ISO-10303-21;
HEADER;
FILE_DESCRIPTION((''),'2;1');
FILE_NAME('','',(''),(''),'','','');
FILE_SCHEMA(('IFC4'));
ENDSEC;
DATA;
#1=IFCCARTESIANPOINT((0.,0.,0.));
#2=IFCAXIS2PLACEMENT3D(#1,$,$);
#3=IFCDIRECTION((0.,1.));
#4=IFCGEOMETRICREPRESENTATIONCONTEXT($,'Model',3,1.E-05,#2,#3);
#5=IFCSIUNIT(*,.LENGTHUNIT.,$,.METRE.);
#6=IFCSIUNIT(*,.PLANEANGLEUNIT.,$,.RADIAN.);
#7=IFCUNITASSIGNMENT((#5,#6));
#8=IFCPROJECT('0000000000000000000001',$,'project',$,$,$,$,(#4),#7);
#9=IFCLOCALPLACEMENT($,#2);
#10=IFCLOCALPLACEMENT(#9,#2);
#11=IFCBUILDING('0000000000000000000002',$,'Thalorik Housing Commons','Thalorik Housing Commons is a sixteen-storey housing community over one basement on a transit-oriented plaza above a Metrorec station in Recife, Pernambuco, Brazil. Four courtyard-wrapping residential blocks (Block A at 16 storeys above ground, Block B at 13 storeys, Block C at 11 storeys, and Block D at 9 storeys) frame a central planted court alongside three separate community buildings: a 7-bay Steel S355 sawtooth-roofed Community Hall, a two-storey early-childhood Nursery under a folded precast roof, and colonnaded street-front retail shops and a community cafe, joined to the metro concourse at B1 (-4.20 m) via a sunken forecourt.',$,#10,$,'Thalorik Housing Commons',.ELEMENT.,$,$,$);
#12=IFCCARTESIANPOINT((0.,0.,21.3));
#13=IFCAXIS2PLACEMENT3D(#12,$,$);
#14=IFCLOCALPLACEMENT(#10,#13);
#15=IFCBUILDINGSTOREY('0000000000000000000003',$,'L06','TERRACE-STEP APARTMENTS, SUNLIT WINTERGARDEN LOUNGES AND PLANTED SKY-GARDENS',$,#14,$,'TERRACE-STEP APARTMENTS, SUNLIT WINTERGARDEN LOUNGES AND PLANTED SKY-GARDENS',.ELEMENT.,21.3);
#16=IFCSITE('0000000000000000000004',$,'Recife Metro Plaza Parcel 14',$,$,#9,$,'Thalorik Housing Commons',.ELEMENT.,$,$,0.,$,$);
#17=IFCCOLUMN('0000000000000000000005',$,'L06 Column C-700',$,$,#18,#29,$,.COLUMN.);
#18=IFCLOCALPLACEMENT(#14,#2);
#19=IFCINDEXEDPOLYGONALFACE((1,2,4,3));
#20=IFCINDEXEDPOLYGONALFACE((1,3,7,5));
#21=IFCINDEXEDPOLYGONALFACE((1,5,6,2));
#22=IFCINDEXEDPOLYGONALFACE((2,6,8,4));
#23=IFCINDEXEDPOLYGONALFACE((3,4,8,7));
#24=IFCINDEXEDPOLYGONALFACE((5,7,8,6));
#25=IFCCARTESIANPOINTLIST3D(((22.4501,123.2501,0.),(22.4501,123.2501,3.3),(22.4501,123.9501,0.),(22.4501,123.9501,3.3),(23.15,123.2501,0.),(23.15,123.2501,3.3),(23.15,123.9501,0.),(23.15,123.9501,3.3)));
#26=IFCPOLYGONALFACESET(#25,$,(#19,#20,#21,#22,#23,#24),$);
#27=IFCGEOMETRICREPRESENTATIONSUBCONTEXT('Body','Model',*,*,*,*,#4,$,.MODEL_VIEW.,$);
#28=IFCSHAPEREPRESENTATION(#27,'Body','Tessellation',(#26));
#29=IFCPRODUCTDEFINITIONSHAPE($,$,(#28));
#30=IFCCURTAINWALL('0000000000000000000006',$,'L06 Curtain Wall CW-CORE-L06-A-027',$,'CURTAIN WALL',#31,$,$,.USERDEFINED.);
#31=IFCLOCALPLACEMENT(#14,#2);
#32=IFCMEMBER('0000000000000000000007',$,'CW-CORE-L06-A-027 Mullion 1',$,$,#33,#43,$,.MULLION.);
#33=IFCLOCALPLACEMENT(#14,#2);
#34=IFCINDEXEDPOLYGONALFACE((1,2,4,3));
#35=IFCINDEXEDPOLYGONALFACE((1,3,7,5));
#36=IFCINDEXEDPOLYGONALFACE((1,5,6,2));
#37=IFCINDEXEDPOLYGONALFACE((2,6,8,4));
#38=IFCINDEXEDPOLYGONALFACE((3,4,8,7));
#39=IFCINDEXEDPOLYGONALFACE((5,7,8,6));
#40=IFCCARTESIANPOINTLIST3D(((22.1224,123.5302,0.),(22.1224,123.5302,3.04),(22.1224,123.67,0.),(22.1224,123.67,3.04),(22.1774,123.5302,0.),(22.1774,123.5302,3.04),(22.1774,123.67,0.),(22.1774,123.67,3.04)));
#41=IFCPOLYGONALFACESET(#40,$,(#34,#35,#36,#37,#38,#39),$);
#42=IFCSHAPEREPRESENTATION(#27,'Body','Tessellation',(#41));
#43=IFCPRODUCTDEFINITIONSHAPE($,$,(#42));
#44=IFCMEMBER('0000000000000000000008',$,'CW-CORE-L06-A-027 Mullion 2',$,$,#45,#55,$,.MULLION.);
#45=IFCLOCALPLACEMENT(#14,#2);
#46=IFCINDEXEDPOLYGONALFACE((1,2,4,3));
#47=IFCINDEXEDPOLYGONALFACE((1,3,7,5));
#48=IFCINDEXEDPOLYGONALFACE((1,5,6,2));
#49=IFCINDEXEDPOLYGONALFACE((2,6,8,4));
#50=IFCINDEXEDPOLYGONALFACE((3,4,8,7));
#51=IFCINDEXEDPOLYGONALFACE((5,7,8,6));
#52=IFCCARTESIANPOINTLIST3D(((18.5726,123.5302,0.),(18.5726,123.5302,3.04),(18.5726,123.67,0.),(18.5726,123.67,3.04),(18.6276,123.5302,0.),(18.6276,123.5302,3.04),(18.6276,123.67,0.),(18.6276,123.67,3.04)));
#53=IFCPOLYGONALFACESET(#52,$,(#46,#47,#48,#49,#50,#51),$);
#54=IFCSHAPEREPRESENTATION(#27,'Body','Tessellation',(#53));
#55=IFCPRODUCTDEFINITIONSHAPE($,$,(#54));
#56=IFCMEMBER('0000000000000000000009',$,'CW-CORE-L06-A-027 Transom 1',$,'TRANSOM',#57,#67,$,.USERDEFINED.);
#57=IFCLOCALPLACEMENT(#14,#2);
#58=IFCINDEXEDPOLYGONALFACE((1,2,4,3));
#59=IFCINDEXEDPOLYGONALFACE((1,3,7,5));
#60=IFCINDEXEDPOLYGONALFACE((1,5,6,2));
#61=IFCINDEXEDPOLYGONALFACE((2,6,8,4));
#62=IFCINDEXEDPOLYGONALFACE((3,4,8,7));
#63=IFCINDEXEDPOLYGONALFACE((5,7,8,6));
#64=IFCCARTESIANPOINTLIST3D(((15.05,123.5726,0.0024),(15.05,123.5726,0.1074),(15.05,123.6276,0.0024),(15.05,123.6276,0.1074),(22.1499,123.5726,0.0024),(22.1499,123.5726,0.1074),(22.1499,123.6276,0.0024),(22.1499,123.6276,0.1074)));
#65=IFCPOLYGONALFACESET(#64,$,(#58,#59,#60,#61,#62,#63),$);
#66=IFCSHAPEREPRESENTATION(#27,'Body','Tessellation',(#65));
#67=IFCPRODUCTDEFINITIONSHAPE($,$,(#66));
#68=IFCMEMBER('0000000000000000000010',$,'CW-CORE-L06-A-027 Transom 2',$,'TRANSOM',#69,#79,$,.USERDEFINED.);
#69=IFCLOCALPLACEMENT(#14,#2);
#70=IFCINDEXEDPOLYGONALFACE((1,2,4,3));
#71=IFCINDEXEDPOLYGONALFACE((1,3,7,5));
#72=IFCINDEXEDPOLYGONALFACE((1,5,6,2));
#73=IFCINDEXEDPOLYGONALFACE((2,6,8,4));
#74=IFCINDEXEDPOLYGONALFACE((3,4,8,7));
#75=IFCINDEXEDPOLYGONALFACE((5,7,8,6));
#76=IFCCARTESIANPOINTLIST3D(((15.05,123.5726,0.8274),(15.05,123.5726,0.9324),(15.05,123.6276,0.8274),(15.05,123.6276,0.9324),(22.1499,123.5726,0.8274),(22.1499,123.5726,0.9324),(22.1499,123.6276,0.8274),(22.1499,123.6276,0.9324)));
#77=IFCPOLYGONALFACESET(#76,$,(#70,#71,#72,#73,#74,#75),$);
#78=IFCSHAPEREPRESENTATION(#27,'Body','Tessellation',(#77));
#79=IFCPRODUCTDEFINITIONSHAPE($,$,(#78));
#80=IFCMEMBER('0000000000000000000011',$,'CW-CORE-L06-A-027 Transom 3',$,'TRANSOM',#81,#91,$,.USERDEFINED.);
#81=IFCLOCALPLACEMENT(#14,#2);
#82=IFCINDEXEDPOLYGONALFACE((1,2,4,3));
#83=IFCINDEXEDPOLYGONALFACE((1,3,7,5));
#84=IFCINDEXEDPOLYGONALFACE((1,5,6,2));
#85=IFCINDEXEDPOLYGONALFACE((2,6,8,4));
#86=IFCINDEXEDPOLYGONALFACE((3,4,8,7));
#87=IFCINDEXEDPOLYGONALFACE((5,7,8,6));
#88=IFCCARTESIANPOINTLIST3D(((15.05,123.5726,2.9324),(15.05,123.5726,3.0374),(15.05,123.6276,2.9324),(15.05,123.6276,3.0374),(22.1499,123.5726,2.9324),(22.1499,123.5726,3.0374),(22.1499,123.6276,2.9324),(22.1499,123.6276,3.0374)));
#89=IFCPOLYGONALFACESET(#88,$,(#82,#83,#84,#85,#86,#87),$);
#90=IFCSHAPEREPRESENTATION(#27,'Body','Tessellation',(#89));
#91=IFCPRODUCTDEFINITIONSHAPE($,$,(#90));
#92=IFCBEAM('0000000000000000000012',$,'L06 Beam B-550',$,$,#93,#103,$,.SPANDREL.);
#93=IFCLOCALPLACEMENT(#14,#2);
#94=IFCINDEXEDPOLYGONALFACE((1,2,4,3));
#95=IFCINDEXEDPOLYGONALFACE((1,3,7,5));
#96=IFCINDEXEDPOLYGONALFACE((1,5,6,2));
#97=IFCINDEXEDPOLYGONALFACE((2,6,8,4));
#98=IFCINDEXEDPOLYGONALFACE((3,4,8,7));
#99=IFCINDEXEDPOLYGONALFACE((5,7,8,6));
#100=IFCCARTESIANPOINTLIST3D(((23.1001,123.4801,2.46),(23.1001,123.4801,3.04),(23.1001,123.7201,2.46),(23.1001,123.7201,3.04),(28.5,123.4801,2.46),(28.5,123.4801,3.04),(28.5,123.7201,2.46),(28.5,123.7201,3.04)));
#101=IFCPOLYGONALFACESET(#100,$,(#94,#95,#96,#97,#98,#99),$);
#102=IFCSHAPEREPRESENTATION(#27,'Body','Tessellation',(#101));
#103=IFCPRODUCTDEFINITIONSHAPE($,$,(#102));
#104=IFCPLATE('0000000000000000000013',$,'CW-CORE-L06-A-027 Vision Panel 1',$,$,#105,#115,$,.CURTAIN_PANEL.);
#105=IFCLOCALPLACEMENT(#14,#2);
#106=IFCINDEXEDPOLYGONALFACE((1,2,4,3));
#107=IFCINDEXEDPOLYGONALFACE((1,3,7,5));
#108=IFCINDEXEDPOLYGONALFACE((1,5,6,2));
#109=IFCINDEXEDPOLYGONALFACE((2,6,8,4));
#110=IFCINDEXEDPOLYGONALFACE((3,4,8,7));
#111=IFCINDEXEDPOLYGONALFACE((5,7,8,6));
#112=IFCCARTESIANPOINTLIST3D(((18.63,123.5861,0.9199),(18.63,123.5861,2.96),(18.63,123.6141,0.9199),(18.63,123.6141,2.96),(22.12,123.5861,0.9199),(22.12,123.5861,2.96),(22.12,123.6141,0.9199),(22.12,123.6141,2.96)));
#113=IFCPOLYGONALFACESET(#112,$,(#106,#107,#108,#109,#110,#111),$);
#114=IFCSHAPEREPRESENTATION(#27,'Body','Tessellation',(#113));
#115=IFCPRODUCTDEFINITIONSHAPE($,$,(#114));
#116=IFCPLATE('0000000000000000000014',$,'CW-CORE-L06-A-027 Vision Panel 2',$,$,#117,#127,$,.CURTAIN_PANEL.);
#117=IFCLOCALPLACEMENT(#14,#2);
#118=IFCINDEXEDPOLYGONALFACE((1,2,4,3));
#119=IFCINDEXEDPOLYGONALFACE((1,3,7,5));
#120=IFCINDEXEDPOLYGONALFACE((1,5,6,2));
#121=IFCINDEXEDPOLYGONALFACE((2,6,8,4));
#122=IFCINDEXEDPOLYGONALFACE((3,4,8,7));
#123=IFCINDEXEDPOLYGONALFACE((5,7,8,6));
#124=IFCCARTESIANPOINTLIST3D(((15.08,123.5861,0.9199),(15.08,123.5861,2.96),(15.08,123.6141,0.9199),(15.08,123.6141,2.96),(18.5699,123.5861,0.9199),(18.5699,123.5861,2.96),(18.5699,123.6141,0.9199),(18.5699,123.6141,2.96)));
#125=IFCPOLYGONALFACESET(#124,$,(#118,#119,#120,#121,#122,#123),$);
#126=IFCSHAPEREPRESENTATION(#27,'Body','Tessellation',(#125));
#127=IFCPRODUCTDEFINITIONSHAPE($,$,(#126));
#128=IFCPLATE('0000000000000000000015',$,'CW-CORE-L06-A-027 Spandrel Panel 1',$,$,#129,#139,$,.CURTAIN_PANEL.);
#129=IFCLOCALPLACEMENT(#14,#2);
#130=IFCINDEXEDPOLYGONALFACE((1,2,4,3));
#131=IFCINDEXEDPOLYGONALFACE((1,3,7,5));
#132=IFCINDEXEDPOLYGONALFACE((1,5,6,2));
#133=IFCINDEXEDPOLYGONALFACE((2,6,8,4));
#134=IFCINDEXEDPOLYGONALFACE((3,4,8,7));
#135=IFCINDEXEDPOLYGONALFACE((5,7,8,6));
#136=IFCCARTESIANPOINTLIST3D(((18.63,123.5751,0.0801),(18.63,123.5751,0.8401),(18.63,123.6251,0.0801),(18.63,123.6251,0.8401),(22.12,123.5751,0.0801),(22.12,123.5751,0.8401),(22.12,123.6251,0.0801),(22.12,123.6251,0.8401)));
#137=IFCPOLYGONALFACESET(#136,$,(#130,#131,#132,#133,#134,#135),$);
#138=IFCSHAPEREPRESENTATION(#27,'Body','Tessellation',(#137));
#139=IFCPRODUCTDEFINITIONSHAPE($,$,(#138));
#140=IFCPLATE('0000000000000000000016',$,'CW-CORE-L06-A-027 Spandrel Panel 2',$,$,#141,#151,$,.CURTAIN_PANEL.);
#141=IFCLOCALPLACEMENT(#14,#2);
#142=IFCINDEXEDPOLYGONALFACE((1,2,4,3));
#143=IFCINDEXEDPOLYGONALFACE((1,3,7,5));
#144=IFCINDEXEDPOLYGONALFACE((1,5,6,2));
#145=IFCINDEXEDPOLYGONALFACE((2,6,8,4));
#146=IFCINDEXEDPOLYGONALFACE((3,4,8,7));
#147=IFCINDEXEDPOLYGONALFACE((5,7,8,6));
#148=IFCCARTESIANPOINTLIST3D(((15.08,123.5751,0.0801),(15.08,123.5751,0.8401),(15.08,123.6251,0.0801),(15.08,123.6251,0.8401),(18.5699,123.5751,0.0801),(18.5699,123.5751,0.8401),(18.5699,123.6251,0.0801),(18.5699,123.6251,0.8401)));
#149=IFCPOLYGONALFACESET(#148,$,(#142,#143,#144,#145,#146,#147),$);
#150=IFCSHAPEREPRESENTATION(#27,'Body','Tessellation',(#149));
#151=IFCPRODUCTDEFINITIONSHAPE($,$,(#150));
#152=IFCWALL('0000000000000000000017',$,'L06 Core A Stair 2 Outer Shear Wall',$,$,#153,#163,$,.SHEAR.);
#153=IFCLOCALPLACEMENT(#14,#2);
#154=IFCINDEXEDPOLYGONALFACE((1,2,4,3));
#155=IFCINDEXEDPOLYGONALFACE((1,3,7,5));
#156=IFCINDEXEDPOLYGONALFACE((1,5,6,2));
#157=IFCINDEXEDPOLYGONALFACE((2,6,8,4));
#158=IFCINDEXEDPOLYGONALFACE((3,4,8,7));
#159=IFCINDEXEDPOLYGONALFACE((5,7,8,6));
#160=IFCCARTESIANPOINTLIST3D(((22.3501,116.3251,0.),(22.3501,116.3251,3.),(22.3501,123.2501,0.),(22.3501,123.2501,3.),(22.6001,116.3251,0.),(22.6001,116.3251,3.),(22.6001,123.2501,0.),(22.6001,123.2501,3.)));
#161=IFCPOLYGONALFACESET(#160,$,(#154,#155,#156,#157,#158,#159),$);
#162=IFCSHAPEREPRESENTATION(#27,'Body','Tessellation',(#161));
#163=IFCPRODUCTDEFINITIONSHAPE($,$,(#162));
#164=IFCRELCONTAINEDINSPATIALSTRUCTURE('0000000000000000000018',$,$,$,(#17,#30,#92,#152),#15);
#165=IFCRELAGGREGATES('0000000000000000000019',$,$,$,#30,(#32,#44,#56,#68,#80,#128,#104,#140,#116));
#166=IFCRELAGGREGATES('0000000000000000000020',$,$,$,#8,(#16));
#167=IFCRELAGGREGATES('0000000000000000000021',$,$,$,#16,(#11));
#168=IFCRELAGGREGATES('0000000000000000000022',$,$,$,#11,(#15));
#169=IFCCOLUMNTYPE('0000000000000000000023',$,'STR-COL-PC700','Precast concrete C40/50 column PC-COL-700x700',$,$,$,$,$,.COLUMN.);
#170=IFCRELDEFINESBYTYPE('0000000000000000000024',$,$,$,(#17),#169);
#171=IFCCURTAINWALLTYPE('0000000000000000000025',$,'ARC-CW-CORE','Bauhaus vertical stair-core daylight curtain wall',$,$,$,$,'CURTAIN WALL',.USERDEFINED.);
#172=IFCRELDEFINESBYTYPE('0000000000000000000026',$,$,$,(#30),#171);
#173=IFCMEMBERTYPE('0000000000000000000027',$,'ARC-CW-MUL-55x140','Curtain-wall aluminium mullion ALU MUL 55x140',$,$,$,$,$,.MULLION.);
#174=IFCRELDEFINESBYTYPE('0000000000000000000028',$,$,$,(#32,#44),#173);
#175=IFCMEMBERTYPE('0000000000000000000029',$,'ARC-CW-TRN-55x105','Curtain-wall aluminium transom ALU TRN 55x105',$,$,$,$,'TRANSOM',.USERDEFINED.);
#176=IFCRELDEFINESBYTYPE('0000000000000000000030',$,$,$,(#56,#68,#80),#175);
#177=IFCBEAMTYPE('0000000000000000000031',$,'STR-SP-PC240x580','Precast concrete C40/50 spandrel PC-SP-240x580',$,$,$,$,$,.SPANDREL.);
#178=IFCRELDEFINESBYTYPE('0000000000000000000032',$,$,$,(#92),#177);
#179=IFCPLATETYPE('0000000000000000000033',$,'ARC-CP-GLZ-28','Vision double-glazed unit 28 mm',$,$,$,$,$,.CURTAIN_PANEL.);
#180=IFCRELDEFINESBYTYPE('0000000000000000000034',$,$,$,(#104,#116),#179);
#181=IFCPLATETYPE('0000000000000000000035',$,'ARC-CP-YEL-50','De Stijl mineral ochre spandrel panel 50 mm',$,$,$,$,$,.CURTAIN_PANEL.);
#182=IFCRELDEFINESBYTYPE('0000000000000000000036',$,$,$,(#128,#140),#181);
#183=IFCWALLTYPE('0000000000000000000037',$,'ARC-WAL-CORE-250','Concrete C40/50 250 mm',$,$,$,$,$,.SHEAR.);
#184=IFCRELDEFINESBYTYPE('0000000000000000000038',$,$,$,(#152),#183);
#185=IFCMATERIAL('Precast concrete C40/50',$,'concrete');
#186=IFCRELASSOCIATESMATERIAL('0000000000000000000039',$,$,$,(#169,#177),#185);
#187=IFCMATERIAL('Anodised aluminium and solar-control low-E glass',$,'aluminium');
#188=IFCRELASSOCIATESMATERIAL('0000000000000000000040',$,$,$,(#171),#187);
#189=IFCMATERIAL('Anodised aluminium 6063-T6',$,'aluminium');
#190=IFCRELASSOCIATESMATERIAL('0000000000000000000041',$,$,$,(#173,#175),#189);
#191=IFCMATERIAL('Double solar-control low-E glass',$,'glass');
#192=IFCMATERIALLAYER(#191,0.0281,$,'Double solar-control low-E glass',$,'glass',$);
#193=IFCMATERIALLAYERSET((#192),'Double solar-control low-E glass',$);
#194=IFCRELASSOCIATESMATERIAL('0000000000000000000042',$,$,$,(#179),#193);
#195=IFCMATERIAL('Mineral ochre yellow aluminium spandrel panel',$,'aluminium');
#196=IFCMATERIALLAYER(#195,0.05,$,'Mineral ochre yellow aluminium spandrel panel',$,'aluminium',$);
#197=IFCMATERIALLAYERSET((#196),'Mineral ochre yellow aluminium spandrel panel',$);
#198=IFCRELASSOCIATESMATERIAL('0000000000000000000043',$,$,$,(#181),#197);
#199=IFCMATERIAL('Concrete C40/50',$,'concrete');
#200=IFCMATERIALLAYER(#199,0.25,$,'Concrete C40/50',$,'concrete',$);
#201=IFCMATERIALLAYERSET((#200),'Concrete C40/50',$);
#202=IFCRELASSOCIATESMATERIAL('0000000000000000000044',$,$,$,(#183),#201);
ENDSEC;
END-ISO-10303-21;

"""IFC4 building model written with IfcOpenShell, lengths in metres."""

from ifc_helpers import new_model, si_unit, direction, frame, frame_2d, origin, origin_2d, place, context, subcontext, project, spatial, rectangle, extrude, material, layer, layer_set, material_profile, profile_set, type_object, element, aggregate, save


model = new_model("IFC4")

# Units and contexts
model_context = context("Model", 3, precision=1e-05, world=origin(), true_north=direction((0.0, 1.0)))
body_context = subcontext(model_context, "Body", "Model", "MODEL_VIEW")
ifc_project = project(units=[si_unit("LENGTHUNIT", "METRE"), si_unit("PLANEANGLEUNIT", "RADIAN")], contexts=[model_context])

# Site, building, storey
site_placement = place(None, origin())
site = spatial("IfcSite", under=ifc_project, at=site_placement, Name="Recife Metro Plaza Parcel 14", LongName="Thalorik Housing Commons", CompositionType="ELEMENT", RefElevation=0.0)
building_placement = place(site_placement, origin())
building = spatial("IfcBuilding", under=site, at=building_placement, Name="Thalorik Housing Commons", Description="Thalorik Housing Commons is a sixteen-storey housing community over one basement on a transit-oriented plaza above a Metrorec station in Recife, Pernambuco, Brazil. Four courtyard-wrapping residential blocks (Block A at 16 storeys above ground, Block B at 13 storeys, Block C at 11 storeys, and Block D at 9 storeys) frame a central planted court alongside three separate community buildings: a 7-bay Steel S355 sawtooth-roofed Community Hall, a two-storey early-childhood Nursery under a folded precast roof, and colonnaded street-front retail shops and a community cafe, joined to the metro concourse at B1 (-4.20 m) via a sunken forecourt.", LongName="Thalorik Housing Commons", CompositionType="ELEMENT")
storey_placement = place(building_placement, frame((0.0, 0.0, 21.3)))
storey = spatial("IfcBuildingStorey", under=building, at=storey_placement, Name="L06", Description="TERRACE-STEP APARTMENTS, SUNLIT WINTERGARDEN LOUNGES AND PLANTED SKY-GARDENS", LongName="TERRACE-STEP APARTMENTS, SUNLIT WINTERGARDEN LOUNGES AND PLANTED SKY-GARDENS", CompositionType="ELEMENT", Elevation=21.3)

# Column
ifc_material_1 = material(Name="Precast concrete C40/50", Category="concrete")
ifc_material_profile_1 = material_profile(ifc_material_1, rectangle(XDim=0.7, YDim=0.7, at=origin_2d()), Name="PC 700x700", Category="concrete")
ifc_profile_set_1 = profile_set([ifc_material_profile_1], Name="Precast concrete C40/50")
column_type = type_object("IfcColumnType", Name="STR-COL-PC700", Description="Precast concrete C40/50 column PC-COL-700x700", PredefinedType="COLUMN", material=ifc_profile_set_1)
column_placement = place(storey_placement, frame((22.8, 123.6001, 0.0), z_axis=(0.0, 0.0, 1.0), x_axis=(1.0, 0.0, 0.0)))
element("IfcColumn", 1, at=column_placement, inside=storey, type_object=column_type, Name="L06 Column C-700", PredefinedType="COLUMN", context=body_context, shape_type="SweptSolid", body=[
    extrude(rectangle(XDim=0.7, YDim=0.7, at=origin_2d()), origin(), (0.0, 0.0, 1.0), 3.3),
])

# Curtain wall, members
ifc_material_2 = material(Name="Anodised aluminium and solar-control low-E glass", Category="aluminium")
curtain_wall_type = type_object("IfcCurtainWallType", Name="ARC-CW-CORE", Description="Bauhaus vertical stair-core daylight curtain wall", ElementType="CURTAIN WALL", PredefinedType="USERDEFINED", material=ifc_material_2)
curtain_wall_placement = place(storey_placement, origin())
curtain_wall = element("IfcCurtainWall", 2, at=curtain_wall_placement, inside=storey, type_object=curtain_wall_type, Name="L06 Curtain Wall CW-CORE-L06-A-027", ObjectType="CURTAIN WALL", PredefinedType="USERDEFINED")
ifc_material_3 = material(Name="Anodised aluminium 6063-T6", Category="aluminium")
ifc_material_profile_2 = material_profile(ifc_material_3, rectangle(XDim=0.0549, YDim=0.1399, at=origin_2d()), Name="ALU MUL 55x140", Category="aluminium")
ifc_profile_set_2 = profile_set([ifc_material_profile_2], Name="Anodised aluminium 6063-T6")
member_type_1 = type_object("IfcMemberType", Name="ARC-CW-MUL-55x140", Description="Curtain-wall aluminium mullion ALU MUL 55x140", PredefinedType="MULLION", material=ifc_profile_set_2)
member_1_placement = place(storey_placement, frame((22.1499, 123.6001, 0.0), z_axis=(0.0, 0.0, 1.0), x_axis=(-1.0, 0.0, 0.0)))
member_1 = element("IfcMember", 3, at=member_1_placement, type_object=member_type_1, Name="CW-CORE-L06-A-027 Mullion 1", PredefinedType="MULLION", context=body_context, shape_type="SweptSolid", body=[
    extrude(rectangle(XDim=0.0549, YDim=0.1399, at=origin_2d()), origin(), (0.0, 0.0, 1.0), 3.04),
])
member_2_placement = place(storey_placement, frame((18.6001, 123.6001, 0.0), z_axis=(0.0, 0.0, 1.0), x_axis=(-1.0, 0.0, 0.0)))
member_2 = element("IfcMember", 4, at=member_2_placement, type_object=member_type_1, Name="CW-CORE-L06-A-027 Mullion 2", PredefinedType="MULLION", context=body_context, shape_type="SweptSolid", body=[
    extrude(rectangle(XDim=0.0549, YDim=0.1399, at=origin_2d()), origin(), (0.0, 0.0, 1.0), 3.04),
])
ifc_material_profile_3 = material_profile(ifc_material_3, rectangle(XDim=0.0549, YDim=0.105, at=origin_2d()), Name="ALU TRN 55x105", Category="aluminium")
ifc_profile_set_3 = profile_set([ifc_material_profile_3], Name="Anodised aluminium 6063-T6")
member_type_2 = type_object("IfcMemberType", Name="ARC-CW-TRN-55x105", Description="Curtain-wall aluminium transom ALU TRN 55x105", ElementType="TRANSOM", PredefinedType="USERDEFINED", material=ifc_profile_set_3)
member_3_placement = place(storey_placement, frame((22.1499, 123.6001, 0.0549), z_axis=(-1.0, 0.0, 0.0), x_axis=(0.0, -1.0, 0.0)))
member_3 = element("IfcMember", 5, at=member_3_placement, type_object=member_type_2, Name="CW-CORE-L06-A-027 Transom 1", ObjectType="TRANSOM", PredefinedType="USERDEFINED", context=body_context, shape_type="SweptSolid", body=[
    extrude(rectangle(XDim=0.0549, YDim=0.105, at=origin_2d()), origin(), (0.0, 0.0, 1.0), 7.0999),
])
member_4_placement = place(storey_placement, frame((22.1499, 123.6001, 0.8799), z_axis=(-1.0, 0.0, 0.0), x_axis=(0.0, -1.0, 0.0)))
member_4 = element("IfcMember", 6, at=member_4_placement, type_object=member_type_2, Name="CW-CORE-L06-A-027 Transom 2", ObjectType="TRANSOM", PredefinedType="USERDEFINED", context=body_context, shape_type="SweptSolid", body=[
    extrude(rectangle(XDim=0.0549, YDim=0.105, at=origin_2d()), origin(), (0.0, 0.0, 1.0), 7.0999),
])
member_5_placement = place(storey_placement, frame((22.1499, 123.6001, 2.9849), z_axis=(-1.0, 0.0, 0.0), x_axis=(0.0, -1.0, 0.0)))
member_5 = element("IfcMember", 7, at=member_5_placement, type_object=member_type_2, Name="CW-CORE-L06-A-027 Transom 3", ObjectType="TRANSOM", PredefinedType="USERDEFINED", context=body_context, shape_type="SweptSolid", body=[
    extrude(rectangle(XDim=0.0549, YDim=0.105, at=origin_2d()), origin(), (0.0, 0.0, 1.0), 7.0999),
])

# Beam
ifc_material_profile_4 = material_profile(ifc_material_1, rectangle(XDim=0.24, YDim=0.5801, at=origin_2d()), Name="PC SP 240x580", Category="concrete")
ifc_profile_set_4 = profile_set([ifc_material_profile_4], Name="Precast concrete C40/50")
beam_type = type_object("IfcBeamType", Name="STR-SP-PC240x580", Description="Precast concrete C40/50 spandrel PC-SP-240x580", PredefinedType="SPANDREL", material=ifc_profile_set_4)
beam_placement = place(storey_placement, frame((23.1001, 123.6001, 2.75), z_axis=(1.0, 0.0, 0.0), x_axis=(0.0, 1.0, 0.0)))
element("IfcBeam", 8, at=beam_placement, inside=storey, type_object=beam_type, Name="L06 Beam B-550", PredefinedType="SPANDREL", context=body_context, shape_type="SweptSolid", body=[
    extrude(rectangle(XDim=0.24, YDim=0.5801, at=origin_2d()), origin(), (0.0, 0.0, 1.0), 5.3999),
])

# Plates
ifc_material_4 = material(Name="Double solar-control low-E glass", Category="glass")
ifc_layer_1 = layer(ifc_material_4, 0.0281, Name="Double solar-control low-E glass", Category="glass")
ifc_layer_set_1 = layer_set([ifc_layer_1], Name="Double solar-control low-E glass")
plate_type_1 = type_object("IfcPlateType", Name="ARC-CP-GLZ-28", Description="Vision double-glazed unit 28 mm", PredefinedType="CURTAIN_PANEL", material=ifc_layer_set_1)
plate_1_placement = place(storey_placement, frame((20.375, 123.6001, 0.9199), z_axis=(0.0, 0.0, 1.0), x_axis=(-1.0, 0.0, 0.0)))
plate_1 = element("IfcPlate", 9, at=plate_1_placement, type_object=plate_type_1, Name="CW-CORE-L06-A-027 Vision Panel 1", PredefinedType="CURTAIN_PANEL", context=body_context, shape_type="SweptSolid", body=[
    extrude(rectangle(XDim=3.49, YDim=0.0281, at=origin_2d()), origin(), (0.0, 0.0, 1.0), 2.04),
])
plate_2_placement = place(storey_placement, frame((16.825, 123.6001, 0.9199), z_axis=(0.0, 0.0, 1.0), x_axis=(-1.0, 0.0, 0.0)))
plate_2 = element("IfcPlate", 10, at=plate_2_placement, type_object=plate_type_1, Name="CW-CORE-L06-A-027 Vision Panel 2", PredefinedType="CURTAIN_PANEL", context=body_context, shape_type="SweptSolid", body=[
    extrude(rectangle(XDim=3.49, YDim=0.0281, at=origin_2d()), origin(), (0.0, 0.0, 1.0), 2.04),
])
ifc_material_5 = material(Name="Mineral ochre yellow aluminium spandrel panel", Category="aluminium")
ifc_layer_2 = layer(ifc_material_5, 0.05, Name="Mineral ochre yellow aluminium spandrel panel", Category="aluminium")
ifc_layer_set_2 = layer_set([ifc_layer_2], Name="Mineral ochre yellow aluminium spandrel panel")
plate_type_2 = type_object("IfcPlateType", Name="ARC-CP-YEL-50", Description="De Stijl mineral ochre spandrel panel 50 mm", PredefinedType="CURTAIN_PANEL", material=ifc_layer_set_2)
plate_3_placement = place(storey_placement, frame((20.375, 123.6001, 0.0801), z_axis=(0.0, 0.0, 1.0), x_axis=(-1.0, 0.0, 0.0)))
plate_3 = element("IfcPlate", 11, at=plate_3_placement, type_object=plate_type_2, Name="CW-CORE-L06-A-027 Spandrel Panel 1", PredefinedType="CURTAIN_PANEL", context=body_context, shape_type="SweptSolid", body=[
    extrude(rectangle(XDim=3.49, YDim=0.05, at=origin_2d()), origin(), (0.0, 0.0, 1.0), 0.76),
])
plate_4_placement = place(storey_placement, frame((16.825, 123.6001, 0.0801), z_axis=(0.0, 0.0, 1.0), x_axis=(-1.0, 0.0, 0.0)))
plate_4 = element("IfcPlate", 12, at=plate_4_placement, type_object=plate_type_2, Name="CW-CORE-L06-A-027 Spandrel Panel 2", PredefinedType="CURTAIN_PANEL", context=body_context, shape_type="SweptSolid", body=[
    extrude(rectangle(XDim=3.49, YDim=0.05, at=origin_2d()), origin(), (0.0, 0.0, 1.0), 0.76),
])
aggregate(curtain_wall, [member_1, member_2, member_3, member_4, member_5, plate_3, plate_1, plate_4, plate_2])

# Wall
ifc_material_6 = material(Name="Concrete C40/50", Category="concrete")
ifc_layer_3 = layer(ifc_material_6, 0.25, Name="Concrete C40/50", Category="concrete")
ifc_layer_set_3 = layer_set([ifc_layer_3], Name="Concrete C40/50")
wall_type_1 = type_object("IfcWallType", Name="ARC-WAL-CORE-250", Description="Concrete C40/50 250 mm", PredefinedType="SHEAR", material=ifc_layer_set_3)
wall_1_placement = place(storey_placement, frame((22.4751, 123.25, 0.0), z_axis=(0.0, 0.0, 1.0), x_axis=(0.0, -1.0, 0.0)))
element("IfcWall", 13, at=wall_1_placement, inside=storey, type_object=wall_type_1, Name="L06 Core A Stair 2 Outer Shear Wall", PredefinedType="SHEAR", context=body_context, shape_type="SweptSolid", body=[
    extrude(rectangle(XDim=6.925, YDim=0.25, at=frame_2d((3.4624, 0.0))), origin(), (0.0, 0.0, 1.0), 3.0),
])

save(model, "model.ifc")
